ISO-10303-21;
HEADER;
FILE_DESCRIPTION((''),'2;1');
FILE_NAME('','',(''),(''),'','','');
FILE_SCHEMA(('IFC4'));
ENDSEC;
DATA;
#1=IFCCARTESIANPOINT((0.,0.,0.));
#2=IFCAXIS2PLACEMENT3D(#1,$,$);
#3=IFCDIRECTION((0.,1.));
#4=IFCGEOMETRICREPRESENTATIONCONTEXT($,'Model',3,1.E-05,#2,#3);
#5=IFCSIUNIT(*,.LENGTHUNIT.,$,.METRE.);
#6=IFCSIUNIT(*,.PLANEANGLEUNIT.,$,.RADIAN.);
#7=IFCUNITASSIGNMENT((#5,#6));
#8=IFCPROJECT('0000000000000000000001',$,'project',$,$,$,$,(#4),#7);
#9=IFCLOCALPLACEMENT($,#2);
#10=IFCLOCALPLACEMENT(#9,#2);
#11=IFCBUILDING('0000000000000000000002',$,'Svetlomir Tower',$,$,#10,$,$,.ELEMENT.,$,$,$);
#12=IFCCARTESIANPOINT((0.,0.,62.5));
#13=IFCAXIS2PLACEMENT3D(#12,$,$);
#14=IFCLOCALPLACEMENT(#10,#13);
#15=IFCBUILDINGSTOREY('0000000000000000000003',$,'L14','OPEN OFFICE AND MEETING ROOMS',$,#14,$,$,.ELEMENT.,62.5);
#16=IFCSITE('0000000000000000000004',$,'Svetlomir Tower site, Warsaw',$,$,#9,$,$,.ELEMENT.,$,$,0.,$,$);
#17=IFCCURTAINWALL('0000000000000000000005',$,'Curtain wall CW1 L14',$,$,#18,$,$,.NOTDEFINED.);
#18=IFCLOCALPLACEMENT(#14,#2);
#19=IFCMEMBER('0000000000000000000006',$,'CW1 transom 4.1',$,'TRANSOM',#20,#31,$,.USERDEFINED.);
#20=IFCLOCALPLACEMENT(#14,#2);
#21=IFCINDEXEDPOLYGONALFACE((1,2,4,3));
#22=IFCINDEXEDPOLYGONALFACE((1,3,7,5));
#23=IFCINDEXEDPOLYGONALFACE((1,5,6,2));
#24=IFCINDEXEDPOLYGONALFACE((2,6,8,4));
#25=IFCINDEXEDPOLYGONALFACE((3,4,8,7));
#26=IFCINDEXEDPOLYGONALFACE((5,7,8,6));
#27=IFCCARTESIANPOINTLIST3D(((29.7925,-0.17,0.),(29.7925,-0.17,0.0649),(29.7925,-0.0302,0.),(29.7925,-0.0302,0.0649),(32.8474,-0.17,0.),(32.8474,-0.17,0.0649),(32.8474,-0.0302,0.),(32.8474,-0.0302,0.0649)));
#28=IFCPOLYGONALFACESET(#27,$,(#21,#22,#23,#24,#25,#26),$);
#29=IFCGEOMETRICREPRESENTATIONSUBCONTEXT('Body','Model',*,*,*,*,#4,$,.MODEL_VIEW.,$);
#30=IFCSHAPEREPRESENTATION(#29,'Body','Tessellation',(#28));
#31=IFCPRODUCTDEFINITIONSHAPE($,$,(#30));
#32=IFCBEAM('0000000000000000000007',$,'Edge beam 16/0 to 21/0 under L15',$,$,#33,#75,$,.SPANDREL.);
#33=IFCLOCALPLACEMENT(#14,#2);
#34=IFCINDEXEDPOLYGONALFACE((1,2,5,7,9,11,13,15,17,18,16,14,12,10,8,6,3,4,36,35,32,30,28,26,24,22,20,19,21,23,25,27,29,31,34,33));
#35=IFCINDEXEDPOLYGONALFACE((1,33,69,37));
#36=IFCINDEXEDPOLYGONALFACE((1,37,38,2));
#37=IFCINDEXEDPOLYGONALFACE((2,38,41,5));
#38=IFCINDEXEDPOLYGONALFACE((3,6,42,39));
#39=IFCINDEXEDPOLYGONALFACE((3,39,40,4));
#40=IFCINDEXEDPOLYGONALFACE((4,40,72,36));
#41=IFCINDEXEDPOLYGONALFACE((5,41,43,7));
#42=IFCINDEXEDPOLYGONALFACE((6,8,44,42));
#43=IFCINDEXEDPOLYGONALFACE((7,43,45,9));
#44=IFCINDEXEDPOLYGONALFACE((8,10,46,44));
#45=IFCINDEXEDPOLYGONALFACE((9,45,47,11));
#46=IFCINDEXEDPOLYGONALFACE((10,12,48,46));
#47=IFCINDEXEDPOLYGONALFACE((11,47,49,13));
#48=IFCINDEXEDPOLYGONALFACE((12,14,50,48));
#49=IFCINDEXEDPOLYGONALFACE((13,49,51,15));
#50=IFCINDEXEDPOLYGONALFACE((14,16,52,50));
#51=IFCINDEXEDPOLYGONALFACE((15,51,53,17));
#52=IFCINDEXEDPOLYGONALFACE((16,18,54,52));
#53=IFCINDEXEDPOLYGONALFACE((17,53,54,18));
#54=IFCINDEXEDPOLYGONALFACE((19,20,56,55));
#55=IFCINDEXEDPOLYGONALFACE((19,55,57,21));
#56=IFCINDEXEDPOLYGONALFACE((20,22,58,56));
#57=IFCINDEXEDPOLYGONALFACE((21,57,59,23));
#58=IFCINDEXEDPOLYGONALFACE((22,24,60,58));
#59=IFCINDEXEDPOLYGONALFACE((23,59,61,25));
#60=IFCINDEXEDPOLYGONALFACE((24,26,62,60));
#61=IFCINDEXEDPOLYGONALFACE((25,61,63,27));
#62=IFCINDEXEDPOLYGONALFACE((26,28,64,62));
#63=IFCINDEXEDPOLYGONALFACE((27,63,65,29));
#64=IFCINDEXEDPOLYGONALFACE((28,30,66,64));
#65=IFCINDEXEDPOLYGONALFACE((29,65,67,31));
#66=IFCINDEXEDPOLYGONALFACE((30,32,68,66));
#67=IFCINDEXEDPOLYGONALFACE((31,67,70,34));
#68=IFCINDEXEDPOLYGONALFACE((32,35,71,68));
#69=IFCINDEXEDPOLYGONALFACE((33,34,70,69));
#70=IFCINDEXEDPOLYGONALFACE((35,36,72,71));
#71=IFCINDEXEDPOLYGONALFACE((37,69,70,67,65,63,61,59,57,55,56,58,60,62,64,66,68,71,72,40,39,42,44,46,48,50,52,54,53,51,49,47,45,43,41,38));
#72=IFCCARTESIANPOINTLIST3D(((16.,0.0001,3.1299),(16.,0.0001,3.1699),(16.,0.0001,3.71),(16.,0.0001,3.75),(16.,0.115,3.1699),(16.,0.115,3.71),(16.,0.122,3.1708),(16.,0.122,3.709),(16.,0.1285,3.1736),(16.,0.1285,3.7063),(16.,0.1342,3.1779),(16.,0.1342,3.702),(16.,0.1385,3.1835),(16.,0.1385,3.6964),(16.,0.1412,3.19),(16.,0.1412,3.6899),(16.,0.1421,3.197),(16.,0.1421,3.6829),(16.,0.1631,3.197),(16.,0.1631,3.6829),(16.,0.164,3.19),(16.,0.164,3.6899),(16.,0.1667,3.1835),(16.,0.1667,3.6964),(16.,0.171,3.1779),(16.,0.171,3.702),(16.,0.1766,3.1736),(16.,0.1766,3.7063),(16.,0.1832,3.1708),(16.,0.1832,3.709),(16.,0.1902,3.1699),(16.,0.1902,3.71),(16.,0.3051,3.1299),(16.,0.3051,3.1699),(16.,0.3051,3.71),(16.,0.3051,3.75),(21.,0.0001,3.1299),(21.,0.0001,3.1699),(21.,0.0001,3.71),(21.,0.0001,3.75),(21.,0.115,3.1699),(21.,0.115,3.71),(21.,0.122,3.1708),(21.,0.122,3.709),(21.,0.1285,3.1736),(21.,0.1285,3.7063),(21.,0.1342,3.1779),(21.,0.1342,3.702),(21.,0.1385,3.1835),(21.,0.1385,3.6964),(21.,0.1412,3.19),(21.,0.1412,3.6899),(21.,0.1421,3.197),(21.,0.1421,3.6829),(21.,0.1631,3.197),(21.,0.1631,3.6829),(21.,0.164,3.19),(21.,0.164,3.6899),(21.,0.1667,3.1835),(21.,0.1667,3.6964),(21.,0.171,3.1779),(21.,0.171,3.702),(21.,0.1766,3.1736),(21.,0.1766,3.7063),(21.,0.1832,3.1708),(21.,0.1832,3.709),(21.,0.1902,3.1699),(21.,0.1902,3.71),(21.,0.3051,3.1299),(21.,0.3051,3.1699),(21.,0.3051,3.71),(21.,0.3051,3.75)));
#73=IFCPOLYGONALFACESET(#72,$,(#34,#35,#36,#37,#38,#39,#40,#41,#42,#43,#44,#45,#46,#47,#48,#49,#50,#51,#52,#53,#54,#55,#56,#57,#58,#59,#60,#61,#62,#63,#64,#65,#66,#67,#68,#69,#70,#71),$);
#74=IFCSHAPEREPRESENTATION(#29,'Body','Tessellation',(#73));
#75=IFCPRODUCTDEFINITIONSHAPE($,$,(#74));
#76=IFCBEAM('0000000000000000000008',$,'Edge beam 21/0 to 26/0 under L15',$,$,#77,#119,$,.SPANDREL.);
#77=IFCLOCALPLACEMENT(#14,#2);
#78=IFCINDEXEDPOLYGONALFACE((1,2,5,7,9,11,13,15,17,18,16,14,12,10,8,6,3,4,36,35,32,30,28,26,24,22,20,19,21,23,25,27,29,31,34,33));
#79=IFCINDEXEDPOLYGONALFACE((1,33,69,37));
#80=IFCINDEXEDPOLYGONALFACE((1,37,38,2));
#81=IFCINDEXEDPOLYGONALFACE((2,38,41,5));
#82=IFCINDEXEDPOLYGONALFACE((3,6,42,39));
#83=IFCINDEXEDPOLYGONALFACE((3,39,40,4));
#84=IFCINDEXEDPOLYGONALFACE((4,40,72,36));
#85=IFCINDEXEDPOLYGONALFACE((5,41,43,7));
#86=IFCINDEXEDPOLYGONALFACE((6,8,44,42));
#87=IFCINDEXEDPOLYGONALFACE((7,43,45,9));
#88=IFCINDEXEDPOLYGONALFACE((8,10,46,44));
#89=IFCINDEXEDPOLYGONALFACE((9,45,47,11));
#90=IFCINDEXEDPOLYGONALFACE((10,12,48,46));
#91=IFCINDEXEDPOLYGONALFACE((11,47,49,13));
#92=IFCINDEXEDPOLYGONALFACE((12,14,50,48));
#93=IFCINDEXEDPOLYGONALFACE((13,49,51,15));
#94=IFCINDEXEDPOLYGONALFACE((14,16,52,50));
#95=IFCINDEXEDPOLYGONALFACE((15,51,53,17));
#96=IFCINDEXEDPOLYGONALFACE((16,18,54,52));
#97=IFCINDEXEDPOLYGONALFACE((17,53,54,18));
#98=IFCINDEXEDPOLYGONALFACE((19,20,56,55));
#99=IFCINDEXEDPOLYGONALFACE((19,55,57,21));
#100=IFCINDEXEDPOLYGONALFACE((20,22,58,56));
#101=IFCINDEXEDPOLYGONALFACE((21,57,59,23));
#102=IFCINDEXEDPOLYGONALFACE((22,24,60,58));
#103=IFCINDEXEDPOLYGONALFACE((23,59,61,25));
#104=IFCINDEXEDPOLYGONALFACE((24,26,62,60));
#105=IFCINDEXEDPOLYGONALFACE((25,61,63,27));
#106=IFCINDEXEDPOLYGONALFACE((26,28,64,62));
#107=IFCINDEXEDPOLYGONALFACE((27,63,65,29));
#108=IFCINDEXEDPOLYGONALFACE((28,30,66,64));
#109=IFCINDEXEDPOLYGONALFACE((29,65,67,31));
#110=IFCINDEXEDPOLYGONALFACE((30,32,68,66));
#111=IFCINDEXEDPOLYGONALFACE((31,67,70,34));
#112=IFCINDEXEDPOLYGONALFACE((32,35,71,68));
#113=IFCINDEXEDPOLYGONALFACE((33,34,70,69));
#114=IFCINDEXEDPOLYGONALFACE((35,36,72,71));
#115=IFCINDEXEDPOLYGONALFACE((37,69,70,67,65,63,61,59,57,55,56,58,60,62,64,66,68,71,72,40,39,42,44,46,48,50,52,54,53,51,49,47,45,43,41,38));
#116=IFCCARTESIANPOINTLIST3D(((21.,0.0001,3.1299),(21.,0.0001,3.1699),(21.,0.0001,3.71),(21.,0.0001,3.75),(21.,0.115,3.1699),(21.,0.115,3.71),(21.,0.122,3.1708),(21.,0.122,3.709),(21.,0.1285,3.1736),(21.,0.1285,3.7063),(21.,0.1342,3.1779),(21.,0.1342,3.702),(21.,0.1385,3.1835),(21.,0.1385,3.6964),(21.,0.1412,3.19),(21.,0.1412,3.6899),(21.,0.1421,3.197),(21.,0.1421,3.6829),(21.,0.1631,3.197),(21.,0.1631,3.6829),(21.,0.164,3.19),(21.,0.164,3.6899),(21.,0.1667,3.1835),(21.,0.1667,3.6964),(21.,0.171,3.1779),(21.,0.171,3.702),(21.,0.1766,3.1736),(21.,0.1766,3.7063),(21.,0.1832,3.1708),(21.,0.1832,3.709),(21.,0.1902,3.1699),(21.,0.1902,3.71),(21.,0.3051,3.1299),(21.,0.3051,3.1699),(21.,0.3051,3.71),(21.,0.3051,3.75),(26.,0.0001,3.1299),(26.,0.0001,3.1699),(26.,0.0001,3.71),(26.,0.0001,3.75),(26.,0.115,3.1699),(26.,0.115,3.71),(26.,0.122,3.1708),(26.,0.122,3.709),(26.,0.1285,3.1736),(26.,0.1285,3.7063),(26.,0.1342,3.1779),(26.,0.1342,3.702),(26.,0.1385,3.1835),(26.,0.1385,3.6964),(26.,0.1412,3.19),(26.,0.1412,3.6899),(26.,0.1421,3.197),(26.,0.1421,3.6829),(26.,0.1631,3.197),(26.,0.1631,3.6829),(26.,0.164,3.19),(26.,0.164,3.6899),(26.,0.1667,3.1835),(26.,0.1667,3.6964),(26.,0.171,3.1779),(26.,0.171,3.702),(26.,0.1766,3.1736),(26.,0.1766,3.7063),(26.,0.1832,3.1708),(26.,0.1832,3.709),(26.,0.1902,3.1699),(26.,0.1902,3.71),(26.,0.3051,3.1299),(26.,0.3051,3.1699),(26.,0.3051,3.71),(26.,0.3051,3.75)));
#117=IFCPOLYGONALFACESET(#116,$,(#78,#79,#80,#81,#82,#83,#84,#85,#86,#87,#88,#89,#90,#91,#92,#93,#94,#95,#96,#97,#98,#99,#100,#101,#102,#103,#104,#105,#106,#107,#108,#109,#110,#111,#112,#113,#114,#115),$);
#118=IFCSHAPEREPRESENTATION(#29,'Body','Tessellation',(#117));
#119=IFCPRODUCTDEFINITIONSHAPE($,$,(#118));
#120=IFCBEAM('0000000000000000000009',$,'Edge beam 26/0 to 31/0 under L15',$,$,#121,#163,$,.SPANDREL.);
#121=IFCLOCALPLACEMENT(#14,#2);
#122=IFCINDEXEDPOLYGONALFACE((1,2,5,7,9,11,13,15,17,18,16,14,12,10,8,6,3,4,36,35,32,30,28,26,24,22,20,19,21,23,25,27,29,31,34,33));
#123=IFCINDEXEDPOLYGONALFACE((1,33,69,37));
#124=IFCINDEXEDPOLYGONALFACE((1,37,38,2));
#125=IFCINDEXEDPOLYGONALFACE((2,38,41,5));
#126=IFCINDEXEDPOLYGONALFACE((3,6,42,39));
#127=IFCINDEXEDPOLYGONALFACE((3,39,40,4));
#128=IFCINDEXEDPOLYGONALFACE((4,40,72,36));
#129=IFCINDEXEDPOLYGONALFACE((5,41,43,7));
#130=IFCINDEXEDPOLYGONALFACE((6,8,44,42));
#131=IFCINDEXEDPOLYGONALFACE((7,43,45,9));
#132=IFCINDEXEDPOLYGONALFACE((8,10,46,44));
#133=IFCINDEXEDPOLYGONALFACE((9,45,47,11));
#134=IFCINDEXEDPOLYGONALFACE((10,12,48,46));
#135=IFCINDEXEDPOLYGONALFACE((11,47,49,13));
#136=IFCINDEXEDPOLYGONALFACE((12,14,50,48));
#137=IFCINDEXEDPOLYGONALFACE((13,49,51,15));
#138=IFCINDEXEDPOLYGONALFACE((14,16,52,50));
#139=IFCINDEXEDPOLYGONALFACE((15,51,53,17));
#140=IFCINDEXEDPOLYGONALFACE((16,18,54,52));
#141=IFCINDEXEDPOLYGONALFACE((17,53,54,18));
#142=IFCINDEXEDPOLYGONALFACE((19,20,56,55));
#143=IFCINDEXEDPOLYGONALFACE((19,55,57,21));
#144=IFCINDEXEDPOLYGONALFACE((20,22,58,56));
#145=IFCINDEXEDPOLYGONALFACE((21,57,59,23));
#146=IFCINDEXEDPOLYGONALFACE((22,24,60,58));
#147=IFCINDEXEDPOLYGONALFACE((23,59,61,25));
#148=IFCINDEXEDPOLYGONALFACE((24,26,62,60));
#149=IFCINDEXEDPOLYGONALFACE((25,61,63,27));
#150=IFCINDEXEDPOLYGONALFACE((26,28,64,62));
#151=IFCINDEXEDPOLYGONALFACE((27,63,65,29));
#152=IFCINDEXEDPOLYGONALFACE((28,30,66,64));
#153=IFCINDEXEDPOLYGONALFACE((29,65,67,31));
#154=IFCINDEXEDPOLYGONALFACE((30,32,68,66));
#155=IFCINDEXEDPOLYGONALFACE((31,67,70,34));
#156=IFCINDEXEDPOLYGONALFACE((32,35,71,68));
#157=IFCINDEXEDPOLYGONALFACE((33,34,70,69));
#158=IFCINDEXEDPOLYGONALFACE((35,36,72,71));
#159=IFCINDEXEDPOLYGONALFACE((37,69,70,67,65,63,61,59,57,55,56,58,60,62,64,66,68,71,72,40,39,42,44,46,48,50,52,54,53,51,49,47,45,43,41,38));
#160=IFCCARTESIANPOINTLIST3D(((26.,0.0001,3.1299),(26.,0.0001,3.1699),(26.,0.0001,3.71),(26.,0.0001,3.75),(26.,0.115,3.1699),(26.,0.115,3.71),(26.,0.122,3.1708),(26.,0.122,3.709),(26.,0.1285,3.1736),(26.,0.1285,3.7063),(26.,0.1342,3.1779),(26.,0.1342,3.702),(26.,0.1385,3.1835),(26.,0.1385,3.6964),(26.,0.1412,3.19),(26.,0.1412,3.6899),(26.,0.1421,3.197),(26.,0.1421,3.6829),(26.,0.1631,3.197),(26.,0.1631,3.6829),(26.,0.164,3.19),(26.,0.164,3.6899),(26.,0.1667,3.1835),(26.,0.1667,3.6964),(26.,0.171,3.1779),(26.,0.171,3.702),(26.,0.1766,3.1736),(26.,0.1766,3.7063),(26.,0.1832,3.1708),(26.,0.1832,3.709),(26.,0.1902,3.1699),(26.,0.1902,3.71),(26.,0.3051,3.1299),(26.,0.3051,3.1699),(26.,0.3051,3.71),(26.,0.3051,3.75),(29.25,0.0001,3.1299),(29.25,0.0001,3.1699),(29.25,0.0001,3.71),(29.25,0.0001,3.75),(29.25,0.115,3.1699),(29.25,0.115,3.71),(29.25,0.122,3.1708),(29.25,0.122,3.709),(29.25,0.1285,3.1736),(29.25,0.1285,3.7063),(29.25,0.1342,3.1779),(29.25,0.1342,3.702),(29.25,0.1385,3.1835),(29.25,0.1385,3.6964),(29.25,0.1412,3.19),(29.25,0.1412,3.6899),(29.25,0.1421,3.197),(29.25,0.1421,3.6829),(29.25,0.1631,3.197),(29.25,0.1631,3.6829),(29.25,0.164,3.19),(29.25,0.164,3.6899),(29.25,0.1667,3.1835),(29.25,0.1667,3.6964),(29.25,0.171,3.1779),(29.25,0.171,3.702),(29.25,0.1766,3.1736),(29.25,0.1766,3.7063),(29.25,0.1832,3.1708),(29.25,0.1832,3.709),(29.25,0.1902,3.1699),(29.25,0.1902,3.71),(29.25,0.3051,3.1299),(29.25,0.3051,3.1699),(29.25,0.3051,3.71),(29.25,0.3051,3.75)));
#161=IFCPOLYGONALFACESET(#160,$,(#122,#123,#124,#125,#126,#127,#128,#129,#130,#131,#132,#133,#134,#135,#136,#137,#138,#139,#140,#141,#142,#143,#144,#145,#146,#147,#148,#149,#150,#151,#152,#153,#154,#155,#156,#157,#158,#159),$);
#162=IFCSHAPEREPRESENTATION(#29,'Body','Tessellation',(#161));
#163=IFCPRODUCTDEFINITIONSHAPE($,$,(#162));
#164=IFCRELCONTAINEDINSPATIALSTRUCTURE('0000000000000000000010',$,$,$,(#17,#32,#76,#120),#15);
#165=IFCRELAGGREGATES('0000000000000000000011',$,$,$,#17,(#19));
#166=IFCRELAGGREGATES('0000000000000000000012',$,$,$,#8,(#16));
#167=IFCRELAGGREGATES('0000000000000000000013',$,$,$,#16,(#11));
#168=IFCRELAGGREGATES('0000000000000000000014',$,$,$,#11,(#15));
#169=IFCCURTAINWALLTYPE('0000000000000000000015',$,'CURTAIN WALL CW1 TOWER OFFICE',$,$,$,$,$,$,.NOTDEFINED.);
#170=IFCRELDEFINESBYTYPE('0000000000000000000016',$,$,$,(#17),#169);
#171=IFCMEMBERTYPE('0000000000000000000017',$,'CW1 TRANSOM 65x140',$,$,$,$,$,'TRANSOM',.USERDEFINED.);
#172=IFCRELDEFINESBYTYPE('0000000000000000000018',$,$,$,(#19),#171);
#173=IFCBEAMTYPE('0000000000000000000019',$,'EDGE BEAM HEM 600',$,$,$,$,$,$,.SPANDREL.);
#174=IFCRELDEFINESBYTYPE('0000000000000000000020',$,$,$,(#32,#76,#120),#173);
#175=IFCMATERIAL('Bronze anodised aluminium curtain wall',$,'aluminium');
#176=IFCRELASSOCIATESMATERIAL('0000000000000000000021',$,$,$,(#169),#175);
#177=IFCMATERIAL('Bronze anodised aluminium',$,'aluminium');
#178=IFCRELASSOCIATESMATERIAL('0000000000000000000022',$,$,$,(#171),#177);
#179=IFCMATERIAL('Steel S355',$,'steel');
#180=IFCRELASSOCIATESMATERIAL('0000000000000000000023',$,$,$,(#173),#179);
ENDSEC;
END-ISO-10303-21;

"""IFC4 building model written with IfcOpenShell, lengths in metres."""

from ifc_helpers import new_model, si_unit, direction, frame, origin, origin_2d, place, context, subcontext, project, spatial, rectangle, i_section, extrude, material, material_profile, profile_set, type_object, element, aggregate, save


model = new_model("IFC4")

# Units and contexts
model_context = context("Model", 3, precision=1e-05, world=origin(), true_north=direction((0.0, 1.0)))
body_context = subcontext(model_context, "Body", "Model", "MODEL_VIEW")
ifc_project = project(units=[si_unit("LENGTHUNIT", "METRE"), si_unit("PLANEANGLEUNIT", "RADIAN")], contexts=[model_context])

# Site, building, storey
site_placement = place(None, origin())
site = spatial("IfcSite", under=ifc_project, at=site_placement, Name="Svetlomir Tower site, Warsaw", CompositionType="ELEMENT", RefElevation=0.0)
building_placement = place(site_placement, origin())
building = spatial("IfcBuilding", under=site, at=building_placement, Name="Svetlomir Tower", CompositionType="ELEMENT")
storey_placement = place(building_placement, frame((0.0, 0.0, 62.5)))
storey = spatial("IfcBuildingStorey", under=building, at=storey_placement, Name="L14", Description="OPEN OFFICE AND MEETING ROOMS", CompositionType="ELEMENT", Elevation=62.5)

# Curtain wall
ifc_material_1 = material(Name="Bronze anodised aluminium curtain wall", Category="aluminium")
curtain_wall_type = type_object("IfcCurtainWallType", Name="CURTAIN WALL CW1 TOWER OFFICE", PredefinedType="NOTDEFINED", material=ifc_material_1)
curtain_wall_1_placement = place(storey_placement, origin())
curtain_wall_1 = element("IfcCurtainWall", 1, at=curtain_wall_1_placement, inside=storey, type_object=curtain_wall_type, Name="Curtain wall CW1 L14", PredefinedType="NOTDEFINED")

# Member
ifc_material_2 = material(Name="Bronze anodised aluminium", Category="aluminium")
ifc_material_profile_1 = material_profile(ifc_material_2, rectangle(XDim=0.1399, YDim=0.0649, at=origin_2d()), Name="AL 140x65")
ifc_profile_set_1 = profile_set([ifc_material_profile_1], Name="Bronze anodised aluminium 6063-T6")
member_type_1 = type_object("IfcMemberType", Name="CW1 TRANSOM 65x140", ElementType="TRANSOM", PredefinedType="USERDEFINED", material=ifc_profile_set_1)
member_1_placement = place(storey_placement, frame((29.7925, -0.1001, 0.0325), z_axis=(1.0, 0.0, 0.0), x_axis=(0.0, 1.0, 0.0)))
member_1 = element("IfcMember", 2, at=member_1_placement, type_object=member_type_1, Name="CW1 transom 4.1", ObjectType="TRANSOM", PredefinedType="USERDEFINED", context=body_context, shape_type="SweptSolid", body=[
    extrude(rectangle(XDim=0.1399, YDim=0.0649, at=origin_2d()), origin(), (0.0, 0.0, 1.0), 3.0549),
])

# Beams
ifc_material_3 = material(Name="Steel S355", Category="steel")
ifc_material_profile_2 = material_profile(ifc_material_3, i_section(OverallWidth=0.3049, OverallDepth=0.6201, WebThickness=0.021, FlangeThickness=0.04, FilletRadius=0.0271, at=origin_2d()), Name="HEM 600")
ifc_profile_set_2 = profile_set([ifc_material_profile_2], Name="Steel S355")
beam_type_1 = type_object("IfcBeamType", Name="EDGE BEAM HEM 600", PredefinedType="SPANDREL", material=ifc_profile_set_2)
for number, where, z_axis, x_axis, name in (
    (3, (16.0, 0.1526, 3.4399), (1.0, 0.0, 0.0), (0.0, 1.0, 0.0), "Edge beam 16/0 to 21/0 under L15"),
    (4, (21.0, 0.1526, 3.4399), (1.0, 0.0, 0.0), (0.0, 1.0, 0.0), "Edge beam 21/0 to 26/0 under L15"),
):
    element("IfcBeam", number, at=place(storey_placement, frame(where, z_axis=z_axis, x_axis=x_axis)), inside=storey, type_object=beam_type_1, Name=name, PredefinedType="SPANDREL", context=body_context, shape_type="SweptSolid", body=[
        extrude(i_section(OverallWidth=0.3049, OverallDepth=0.6201, WebThickness=0.021, FlangeThickness=0.04, FilletRadius=0.0271, at=origin_2d()), origin(), (0.0, 0.0, 1.0), 5.0),
    ])
beam_1_placement = place(storey_placement, frame((26.0, 0.1526, 3.4399), z_axis=(1.0, 0.0, 0.0), x_axis=(0.0, 1.0, 0.0)))
element("IfcBeam", 5, at=beam_1_placement, inside=storey, type_object=beam_type_1, Name="Edge beam 26/0 to 31/0 under L15", PredefinedType="SPANDREL", context=body_context, shape_type="SweptSolid", body=[
    extrude(i_section(OverallWidth=0.3049, OverallDepth=0.6201, WebThickness=0.021, FlangeThickness=0.04, FilletRadius=0.0271, at=origin_2d()), origin(), (0.0, 0.0, 1.0), 3.25),
])

aggregate(curtain_wall_1, [member_1])

save(model, "model.ifc")
